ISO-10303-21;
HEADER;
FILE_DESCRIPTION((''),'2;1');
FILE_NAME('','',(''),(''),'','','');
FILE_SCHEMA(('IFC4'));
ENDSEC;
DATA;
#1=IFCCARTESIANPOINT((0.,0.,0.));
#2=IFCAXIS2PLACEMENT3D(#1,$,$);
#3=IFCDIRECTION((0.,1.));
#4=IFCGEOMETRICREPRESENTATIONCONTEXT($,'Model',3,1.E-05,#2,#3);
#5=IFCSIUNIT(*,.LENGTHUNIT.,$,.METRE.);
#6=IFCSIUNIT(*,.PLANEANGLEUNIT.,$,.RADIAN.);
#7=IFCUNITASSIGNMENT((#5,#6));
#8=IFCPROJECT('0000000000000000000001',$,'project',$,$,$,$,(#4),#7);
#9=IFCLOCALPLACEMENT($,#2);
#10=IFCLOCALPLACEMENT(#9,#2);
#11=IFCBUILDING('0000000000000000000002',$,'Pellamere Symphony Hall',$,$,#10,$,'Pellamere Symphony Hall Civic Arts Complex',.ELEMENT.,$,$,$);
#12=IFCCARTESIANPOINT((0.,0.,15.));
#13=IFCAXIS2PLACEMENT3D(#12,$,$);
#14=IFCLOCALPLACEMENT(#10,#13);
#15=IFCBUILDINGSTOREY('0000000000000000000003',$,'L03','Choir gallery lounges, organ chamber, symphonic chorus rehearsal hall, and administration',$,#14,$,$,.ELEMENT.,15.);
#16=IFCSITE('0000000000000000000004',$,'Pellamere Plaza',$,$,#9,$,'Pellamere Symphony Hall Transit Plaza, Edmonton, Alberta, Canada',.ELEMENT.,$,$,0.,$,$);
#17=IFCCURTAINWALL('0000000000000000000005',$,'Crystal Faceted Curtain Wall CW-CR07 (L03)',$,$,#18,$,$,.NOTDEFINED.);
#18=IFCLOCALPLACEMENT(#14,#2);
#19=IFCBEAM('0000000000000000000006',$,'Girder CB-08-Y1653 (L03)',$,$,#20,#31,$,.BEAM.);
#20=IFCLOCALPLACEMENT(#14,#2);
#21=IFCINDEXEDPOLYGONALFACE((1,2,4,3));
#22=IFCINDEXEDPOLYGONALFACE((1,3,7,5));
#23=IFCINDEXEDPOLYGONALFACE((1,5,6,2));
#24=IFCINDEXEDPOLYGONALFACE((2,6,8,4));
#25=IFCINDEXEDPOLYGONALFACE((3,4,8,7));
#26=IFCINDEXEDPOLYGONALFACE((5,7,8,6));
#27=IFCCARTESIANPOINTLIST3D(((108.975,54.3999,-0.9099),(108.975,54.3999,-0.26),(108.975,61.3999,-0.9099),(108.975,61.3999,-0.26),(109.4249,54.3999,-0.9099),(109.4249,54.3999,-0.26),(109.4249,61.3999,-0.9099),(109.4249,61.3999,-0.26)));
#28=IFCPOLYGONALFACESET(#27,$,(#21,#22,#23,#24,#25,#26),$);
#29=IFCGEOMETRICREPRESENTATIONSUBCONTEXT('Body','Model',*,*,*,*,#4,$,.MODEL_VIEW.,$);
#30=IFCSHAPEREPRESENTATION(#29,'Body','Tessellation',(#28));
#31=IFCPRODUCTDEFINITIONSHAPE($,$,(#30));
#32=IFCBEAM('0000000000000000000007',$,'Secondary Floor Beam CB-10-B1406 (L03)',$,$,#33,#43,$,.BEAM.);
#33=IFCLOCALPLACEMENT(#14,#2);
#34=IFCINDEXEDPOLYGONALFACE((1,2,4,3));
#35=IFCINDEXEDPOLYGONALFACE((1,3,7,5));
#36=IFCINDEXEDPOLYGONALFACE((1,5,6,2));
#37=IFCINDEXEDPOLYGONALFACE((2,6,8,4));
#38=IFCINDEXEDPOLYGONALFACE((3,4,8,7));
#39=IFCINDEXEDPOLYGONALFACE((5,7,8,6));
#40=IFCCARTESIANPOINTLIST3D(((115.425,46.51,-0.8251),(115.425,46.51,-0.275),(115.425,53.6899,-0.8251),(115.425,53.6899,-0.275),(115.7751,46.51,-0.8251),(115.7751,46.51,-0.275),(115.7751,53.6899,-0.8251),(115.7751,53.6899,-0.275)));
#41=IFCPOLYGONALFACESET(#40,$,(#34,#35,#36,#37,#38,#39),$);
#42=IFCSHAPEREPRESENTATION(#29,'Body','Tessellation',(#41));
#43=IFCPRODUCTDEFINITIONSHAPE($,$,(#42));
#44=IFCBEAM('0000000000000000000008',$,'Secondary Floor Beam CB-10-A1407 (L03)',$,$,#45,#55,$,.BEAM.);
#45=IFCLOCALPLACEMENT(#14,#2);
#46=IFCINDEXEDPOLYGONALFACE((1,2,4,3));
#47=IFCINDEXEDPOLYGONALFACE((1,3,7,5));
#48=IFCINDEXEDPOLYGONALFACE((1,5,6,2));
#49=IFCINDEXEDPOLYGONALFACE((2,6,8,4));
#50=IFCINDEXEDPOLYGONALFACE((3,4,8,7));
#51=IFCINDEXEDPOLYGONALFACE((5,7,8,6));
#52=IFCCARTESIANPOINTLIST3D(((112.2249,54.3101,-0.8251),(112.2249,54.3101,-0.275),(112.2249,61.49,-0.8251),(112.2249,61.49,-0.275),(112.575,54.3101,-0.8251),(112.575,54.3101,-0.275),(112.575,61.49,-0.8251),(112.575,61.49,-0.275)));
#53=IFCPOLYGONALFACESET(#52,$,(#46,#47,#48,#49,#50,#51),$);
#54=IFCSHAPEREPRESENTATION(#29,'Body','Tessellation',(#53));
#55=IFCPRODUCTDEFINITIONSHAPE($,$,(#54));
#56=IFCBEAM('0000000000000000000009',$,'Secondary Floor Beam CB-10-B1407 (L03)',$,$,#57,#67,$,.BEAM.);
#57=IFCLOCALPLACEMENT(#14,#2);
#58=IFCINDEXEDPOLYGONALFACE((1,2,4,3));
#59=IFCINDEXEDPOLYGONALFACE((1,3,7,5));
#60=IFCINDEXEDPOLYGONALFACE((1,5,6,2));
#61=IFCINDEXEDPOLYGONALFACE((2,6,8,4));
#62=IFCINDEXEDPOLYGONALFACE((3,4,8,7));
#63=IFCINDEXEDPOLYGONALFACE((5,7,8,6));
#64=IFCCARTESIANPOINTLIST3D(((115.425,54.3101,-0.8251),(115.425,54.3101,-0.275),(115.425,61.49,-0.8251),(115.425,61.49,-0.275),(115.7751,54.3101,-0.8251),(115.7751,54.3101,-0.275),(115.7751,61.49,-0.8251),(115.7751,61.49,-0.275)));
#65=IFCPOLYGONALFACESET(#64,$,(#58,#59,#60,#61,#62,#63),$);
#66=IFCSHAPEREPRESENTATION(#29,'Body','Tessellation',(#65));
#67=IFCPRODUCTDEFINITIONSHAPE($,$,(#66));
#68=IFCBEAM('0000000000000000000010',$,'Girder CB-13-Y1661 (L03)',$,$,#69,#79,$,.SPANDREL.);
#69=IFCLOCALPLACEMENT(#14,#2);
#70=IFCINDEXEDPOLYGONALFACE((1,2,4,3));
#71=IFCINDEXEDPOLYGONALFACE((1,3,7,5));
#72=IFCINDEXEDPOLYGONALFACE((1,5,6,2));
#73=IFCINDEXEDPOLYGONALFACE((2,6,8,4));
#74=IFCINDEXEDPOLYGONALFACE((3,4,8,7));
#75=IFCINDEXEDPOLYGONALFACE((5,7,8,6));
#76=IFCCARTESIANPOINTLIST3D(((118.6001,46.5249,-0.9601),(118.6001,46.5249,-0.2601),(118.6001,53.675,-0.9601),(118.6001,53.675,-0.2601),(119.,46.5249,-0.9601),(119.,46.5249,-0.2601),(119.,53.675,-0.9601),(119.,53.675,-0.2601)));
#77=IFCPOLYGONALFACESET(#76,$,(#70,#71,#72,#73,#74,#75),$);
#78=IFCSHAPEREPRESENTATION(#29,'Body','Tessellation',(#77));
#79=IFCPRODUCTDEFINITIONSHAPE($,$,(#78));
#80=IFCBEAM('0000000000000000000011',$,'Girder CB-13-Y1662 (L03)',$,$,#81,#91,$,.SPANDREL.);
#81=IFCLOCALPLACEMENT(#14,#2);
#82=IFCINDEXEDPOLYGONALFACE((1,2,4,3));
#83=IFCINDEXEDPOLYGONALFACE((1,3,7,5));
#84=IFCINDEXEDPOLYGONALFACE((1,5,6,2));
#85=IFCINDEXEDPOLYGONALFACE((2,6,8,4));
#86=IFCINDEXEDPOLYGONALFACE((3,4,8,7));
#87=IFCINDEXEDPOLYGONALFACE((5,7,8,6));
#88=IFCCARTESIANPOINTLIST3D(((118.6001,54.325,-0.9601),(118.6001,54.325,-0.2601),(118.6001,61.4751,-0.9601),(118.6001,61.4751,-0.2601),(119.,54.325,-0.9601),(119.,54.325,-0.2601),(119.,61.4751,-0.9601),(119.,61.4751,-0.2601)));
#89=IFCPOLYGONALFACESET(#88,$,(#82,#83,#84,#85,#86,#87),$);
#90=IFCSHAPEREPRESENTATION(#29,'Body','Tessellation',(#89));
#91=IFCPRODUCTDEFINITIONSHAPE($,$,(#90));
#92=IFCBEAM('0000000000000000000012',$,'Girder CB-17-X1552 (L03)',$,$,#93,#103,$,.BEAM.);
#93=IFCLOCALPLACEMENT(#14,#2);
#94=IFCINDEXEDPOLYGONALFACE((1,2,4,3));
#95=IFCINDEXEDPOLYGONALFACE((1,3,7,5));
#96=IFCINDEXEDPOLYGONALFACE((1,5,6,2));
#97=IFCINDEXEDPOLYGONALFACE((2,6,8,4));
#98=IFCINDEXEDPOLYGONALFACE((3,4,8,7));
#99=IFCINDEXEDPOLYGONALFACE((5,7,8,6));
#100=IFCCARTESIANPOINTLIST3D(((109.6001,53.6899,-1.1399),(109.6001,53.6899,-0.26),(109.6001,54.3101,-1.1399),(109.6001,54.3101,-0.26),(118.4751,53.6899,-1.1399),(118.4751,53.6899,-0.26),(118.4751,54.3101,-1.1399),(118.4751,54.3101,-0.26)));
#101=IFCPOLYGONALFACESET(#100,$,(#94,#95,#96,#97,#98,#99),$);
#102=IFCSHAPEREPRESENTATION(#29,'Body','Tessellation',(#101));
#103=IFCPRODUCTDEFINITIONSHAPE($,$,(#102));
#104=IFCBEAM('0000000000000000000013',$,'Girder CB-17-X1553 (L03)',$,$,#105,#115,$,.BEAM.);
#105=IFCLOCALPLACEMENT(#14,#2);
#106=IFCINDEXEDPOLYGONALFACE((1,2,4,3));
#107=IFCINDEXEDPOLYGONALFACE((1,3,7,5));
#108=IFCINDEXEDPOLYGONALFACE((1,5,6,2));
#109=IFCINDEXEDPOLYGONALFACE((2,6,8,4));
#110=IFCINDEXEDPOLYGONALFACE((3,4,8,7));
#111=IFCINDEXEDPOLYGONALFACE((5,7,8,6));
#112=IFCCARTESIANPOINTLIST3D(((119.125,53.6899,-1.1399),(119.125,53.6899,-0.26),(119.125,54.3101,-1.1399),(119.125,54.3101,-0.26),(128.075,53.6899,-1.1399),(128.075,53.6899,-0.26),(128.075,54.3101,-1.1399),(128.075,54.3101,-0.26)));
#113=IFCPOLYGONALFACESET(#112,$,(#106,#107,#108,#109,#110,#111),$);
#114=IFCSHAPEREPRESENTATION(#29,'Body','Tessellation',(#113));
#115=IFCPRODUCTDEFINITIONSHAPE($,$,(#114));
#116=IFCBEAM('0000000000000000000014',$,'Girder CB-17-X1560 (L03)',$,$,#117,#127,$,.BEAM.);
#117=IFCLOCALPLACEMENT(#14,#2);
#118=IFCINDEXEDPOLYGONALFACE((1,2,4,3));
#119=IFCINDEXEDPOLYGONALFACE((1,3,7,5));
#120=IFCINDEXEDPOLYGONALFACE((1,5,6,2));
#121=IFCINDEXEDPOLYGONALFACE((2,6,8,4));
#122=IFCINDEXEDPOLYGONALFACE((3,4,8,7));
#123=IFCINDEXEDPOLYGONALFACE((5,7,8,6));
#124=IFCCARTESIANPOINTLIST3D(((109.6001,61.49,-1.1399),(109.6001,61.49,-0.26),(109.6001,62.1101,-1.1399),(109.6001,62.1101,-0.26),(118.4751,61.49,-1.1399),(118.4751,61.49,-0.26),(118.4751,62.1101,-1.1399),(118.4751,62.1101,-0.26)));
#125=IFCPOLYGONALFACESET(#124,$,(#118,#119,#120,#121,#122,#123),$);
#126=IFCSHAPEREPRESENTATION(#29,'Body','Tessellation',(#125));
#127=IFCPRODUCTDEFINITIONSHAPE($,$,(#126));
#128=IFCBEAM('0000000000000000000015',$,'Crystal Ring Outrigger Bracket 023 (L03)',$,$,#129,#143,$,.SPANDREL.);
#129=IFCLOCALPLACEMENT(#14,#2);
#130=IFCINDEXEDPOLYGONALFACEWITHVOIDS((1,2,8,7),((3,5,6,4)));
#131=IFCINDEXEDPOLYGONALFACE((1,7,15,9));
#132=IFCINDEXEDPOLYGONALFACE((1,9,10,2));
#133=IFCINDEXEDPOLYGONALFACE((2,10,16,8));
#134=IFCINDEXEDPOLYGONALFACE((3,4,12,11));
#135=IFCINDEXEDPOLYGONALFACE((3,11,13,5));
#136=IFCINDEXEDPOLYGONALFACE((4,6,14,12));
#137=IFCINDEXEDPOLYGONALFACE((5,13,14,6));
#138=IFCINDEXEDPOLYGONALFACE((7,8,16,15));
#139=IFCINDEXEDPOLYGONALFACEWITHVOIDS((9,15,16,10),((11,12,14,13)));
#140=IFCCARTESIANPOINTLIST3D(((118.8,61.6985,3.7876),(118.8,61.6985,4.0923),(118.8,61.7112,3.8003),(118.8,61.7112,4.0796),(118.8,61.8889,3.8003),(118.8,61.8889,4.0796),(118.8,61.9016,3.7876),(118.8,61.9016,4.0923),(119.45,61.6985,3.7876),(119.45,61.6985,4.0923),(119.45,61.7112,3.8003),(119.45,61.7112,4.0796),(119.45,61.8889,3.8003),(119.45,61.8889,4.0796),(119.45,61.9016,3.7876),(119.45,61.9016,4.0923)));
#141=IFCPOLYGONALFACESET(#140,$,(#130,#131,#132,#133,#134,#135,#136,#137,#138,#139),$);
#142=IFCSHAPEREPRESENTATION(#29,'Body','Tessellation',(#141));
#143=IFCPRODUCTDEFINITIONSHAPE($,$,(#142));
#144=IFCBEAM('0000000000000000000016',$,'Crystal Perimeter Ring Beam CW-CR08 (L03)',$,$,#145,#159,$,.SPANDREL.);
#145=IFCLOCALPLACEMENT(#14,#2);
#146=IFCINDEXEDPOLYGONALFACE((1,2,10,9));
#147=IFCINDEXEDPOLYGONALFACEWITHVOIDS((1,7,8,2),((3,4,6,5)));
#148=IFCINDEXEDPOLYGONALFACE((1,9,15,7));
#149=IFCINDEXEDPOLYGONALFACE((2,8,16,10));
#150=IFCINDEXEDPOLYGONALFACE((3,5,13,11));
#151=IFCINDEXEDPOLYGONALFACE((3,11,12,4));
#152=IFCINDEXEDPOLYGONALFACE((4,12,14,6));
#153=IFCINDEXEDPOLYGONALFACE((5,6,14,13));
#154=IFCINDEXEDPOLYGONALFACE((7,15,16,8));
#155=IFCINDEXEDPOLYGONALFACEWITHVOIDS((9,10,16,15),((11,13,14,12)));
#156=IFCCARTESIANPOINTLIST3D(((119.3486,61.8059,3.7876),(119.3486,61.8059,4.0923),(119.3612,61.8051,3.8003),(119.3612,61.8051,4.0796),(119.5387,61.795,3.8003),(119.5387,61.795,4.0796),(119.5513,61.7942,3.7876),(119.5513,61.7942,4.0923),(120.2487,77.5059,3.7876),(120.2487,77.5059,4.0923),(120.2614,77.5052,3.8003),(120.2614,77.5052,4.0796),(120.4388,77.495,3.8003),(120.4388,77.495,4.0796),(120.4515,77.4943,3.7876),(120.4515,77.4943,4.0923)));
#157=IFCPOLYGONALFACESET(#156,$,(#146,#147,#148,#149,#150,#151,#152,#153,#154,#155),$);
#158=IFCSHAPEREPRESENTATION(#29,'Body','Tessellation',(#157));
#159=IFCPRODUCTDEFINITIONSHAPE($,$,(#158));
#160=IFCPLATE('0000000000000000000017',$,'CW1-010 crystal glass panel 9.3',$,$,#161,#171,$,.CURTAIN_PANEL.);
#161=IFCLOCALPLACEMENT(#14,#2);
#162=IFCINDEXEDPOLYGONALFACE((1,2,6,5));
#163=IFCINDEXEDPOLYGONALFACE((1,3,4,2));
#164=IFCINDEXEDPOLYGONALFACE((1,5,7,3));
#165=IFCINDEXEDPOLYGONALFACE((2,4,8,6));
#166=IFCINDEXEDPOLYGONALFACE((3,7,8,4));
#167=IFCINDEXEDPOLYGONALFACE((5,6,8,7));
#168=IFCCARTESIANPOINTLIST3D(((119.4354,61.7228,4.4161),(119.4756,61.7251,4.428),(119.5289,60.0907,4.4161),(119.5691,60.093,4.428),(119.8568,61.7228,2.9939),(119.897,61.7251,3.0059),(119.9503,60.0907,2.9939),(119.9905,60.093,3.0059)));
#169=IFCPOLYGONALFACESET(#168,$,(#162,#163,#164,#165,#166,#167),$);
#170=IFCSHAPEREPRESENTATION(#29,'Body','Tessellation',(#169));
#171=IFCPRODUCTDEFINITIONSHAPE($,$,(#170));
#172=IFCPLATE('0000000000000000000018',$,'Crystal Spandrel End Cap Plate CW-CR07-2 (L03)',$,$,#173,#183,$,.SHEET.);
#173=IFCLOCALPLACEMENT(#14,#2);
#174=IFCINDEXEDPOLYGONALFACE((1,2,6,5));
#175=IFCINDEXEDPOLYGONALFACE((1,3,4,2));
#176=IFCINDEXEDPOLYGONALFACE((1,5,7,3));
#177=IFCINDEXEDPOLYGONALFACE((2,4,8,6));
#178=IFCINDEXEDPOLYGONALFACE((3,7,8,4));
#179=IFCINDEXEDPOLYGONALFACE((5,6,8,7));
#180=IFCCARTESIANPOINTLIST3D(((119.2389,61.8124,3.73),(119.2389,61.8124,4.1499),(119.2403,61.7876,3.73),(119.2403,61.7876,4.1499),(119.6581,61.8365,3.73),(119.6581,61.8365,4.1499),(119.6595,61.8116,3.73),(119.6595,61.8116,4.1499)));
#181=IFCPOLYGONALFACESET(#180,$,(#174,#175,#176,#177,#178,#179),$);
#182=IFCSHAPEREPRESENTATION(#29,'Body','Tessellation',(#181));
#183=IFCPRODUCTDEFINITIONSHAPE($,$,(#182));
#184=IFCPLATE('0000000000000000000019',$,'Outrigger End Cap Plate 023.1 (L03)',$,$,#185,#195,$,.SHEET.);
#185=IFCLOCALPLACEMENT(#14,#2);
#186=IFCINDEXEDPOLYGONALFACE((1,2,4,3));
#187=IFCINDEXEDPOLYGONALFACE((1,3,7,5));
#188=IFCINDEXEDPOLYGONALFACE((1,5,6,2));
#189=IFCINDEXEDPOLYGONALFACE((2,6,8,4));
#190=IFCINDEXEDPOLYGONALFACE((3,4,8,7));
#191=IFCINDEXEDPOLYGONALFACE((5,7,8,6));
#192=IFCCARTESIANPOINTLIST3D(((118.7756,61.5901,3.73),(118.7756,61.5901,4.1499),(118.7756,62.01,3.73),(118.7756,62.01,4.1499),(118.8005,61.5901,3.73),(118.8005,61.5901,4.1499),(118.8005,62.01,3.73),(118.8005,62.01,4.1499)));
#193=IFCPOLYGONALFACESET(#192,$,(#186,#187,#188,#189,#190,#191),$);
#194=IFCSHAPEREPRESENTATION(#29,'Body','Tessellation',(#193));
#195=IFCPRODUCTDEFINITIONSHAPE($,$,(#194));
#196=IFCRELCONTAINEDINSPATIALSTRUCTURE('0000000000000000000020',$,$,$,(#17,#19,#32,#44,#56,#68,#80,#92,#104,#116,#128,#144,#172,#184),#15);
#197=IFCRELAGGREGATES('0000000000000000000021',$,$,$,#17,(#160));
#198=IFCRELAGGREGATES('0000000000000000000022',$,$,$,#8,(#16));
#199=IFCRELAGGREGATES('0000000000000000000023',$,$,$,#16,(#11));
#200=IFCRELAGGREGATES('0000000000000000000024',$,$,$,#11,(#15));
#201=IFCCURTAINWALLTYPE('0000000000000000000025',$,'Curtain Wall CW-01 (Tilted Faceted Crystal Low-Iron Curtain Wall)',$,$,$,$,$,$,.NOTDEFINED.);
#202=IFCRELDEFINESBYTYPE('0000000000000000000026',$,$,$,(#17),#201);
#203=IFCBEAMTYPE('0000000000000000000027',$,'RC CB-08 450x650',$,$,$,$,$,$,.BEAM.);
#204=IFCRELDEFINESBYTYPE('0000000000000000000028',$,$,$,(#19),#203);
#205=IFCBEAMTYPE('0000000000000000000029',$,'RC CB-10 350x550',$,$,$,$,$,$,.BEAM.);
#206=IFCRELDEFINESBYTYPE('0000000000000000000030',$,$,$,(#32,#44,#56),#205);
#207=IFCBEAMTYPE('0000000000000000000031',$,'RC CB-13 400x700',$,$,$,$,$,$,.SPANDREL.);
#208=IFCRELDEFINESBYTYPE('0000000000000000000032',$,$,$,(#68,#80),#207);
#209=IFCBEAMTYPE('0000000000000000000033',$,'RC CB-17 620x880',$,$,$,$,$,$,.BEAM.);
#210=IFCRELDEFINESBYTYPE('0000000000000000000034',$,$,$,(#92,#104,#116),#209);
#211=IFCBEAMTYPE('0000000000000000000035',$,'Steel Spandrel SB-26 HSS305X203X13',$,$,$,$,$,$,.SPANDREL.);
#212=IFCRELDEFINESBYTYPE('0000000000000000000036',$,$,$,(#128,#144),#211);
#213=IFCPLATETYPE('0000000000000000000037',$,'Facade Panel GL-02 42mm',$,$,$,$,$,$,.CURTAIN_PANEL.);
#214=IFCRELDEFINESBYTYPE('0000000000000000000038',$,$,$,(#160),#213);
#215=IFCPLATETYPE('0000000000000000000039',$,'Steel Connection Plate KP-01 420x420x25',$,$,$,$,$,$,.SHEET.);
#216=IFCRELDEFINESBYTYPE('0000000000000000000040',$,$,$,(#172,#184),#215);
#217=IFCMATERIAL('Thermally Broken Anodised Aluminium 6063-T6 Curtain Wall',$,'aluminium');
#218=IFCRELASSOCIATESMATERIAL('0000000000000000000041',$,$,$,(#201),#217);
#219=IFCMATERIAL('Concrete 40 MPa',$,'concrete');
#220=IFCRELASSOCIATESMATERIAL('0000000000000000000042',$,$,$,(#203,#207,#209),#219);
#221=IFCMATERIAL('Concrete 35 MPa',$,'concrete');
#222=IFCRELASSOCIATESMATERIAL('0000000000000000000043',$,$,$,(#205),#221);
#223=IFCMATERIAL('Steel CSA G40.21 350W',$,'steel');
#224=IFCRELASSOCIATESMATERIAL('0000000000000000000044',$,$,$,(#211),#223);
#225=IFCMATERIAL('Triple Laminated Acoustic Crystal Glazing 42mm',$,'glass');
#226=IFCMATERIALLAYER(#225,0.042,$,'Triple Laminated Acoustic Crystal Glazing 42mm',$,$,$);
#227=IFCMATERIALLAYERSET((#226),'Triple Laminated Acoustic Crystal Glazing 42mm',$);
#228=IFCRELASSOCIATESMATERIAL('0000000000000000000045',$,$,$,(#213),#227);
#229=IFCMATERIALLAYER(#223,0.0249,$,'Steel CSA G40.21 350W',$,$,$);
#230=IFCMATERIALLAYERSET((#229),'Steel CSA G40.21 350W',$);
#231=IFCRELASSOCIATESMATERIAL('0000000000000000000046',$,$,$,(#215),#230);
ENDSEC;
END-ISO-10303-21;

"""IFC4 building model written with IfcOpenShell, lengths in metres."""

from ifc_helpers import new_model, si_unit, direction, frame, origin, origin_2d, place, context, subcontext, project, spatial, polyline, rectangle, hollow_rectangle, outline, extrude, material, layer, layer_set, material_profile, profile_set, type_object, element, aggregate, save


model = new_model("IFC4")

# Units and contexts
model_context = context("Model", 3, precision=1e-05, world=origin(), true_north=direction((0.0, 1.0)))
body_context = subcontext(model_context, "Body", "Model", "MODEL_VIEW")
ifc_project = project(units=[si_unit("LENGTHUNIT", "METRE"), si_unit("PLANEANGLEUNIT", "RADIAN")], contexts=[model_context])

# Site, building, storey
site_placement = place(None, origin())
site = spatial("IfcSite", under=ifc_project, at=site_placement, Name="Pellamere Plaza", LongName="Pellamere Symphony Hall Transit Plaza, Edmonton, Alberta, Canada", CompositionType="ELEMENT", RefElevation=0.0)
building_placement = place(site_placement, origin())
building = spatial("IfcBuilding", under=site, at=building_placement, Name="Pellamere Symphony Hall", LongName="Pellamere Symphony Hall Civic Arts Complex", CompositionType="ELEMENT")
storey_placement = place(building_placement, frame((0.0, 0.0, 15.0)))
storey = spatial("IfcBuildingStorey", under=building, at=storey_placement, Name="L03", Description="Choir gallery lounges, organ chamber, symphonic chorus rehearsal hall, and administration", CompositionType="ELEMENT", Elevation=15.0)

# Shared definitions
ifc_material_1 = material(Name="Concrete 40 MPa", Category="concrete")

# Shared definitions
ifc_material_2 = material(Name="Thermally Broken Anodised Aluminium 6063-T6 Curtain Wall", Category="aluminium")
curtain_wall_type = type_object("IfcCurtainWallType", Name="Curtain Wall CW-01 (Tilted Faceted Crystal Low-Iron Curtain Wall)", PredefinedType="NOTDEFINED", material=ifc_material_2)

# Curtain wall
curtain_wall_1_placement = place(storey_placement, origin())
curtain_wall_1 = element("IfcCurtainWall", 1, at=curtain_wall_1_placement, inside=storey, type_object=curtain_wall_type, Name="Crystal Faceted Curtain Wall CW-CR07 (L03)", PredefinedType="NOTDEFINED")

# Beams
ifc_material_profile_1 = material_profile(ifc_material_1, rectangle(XDim=0.45, YDim=0.6499, at=origin_2d()), Name="RC 450x650")
ifc_profile_set_1 = profile_set([ifc_material_profile_1], Name="Concrete 40 MPa")
beam_type_1 = type_object("IfcBeamType", Name="RC CB-08 450x650", PredefinedType="BEAM", material=ifc_profile_set_1)
for number, where, z_axis, x_axis, name in (
    (2, (109.2, 54.3999, -0.585), (0.0, 1.0, 0.0), (-1.0, 0.0, 0.0), "Girder CB-08-Y1653 (L03)"),
):
    element("IfcBeam", number, at=place(storey_placement, frame(where, z_axis=z_axis, x_axis=x_axis)), inside=storey, type_object=beam_type_1, Name=name, PredefinedType="BEAM", context=body_context, shape_type="SweptSolid", body=[
        extrude(rectangle(XDim=0.45, YDim=0.6499, at=origin_2d()), origin(), (0.0, 0.0, 1.0), 7.0),
    ])
ifc_material_3 = material(Name="Concrete 35 MPa", Category="concrete")
ifc_material_profile_2 = material_profile(ifc_material_3, rectangle(XDim=0.3501, YDim=0.55, at=origin_2d()), Name="RC 350x550")
ifc_profile_set_2 = profile_set([ifc_material_profile_2], Name="Concrete 35 MPa")
beam_type_2 = type_object("IfcBeamType", Name="RC CB-10 350x550", PredefinedType="BEAM", material=ifc_profile_set_2)
for number, where, z_axis, x_axis, name in (
    (3, (115.6001, 46.51, -0.55), (0.0, 1.0, 0.0), (-1.0, 0.0, 0.0), "Secondary Floor Beam CB-10-B1406 (L03)"),
    (4, (112.3999, 54.3101, -0.55), (0.0, 1.0, 0.0), (-1.0, 0.0, 0.0), "Secondary Floor Beam CB-10-A1407 (L03)"),
    (5, (115.6001, 54.3101, -0.55), (0.0, 1.0, 0.0), (-1.0, 0.0, 0.0), "Secondary Floor Beam CB-10-B1407 (L03)"),
):
    element("IfcBeam", number, at=place(storey_placement, frame(where, z_axis=z_axis, x_axis=x_axis)), inside=storey, type_object=beam_type_2, Name=name, PredefinedType="BEAM", context=body_context, shape_type="SweptSolid", body=[
        extrude(rectangle(XDim=0.3501, YDim=0.55, at=origin_2d()), origin(), (0.0, 0.0, 1.0), 7.1799),
    ])
ifc_material_profile_3 = material_profile(ifc_material_1, rectangle(XDim=0.3999, YDim=0.7, at=origin_2d()), Name="RC 400x700")
ifc_profile_set_3 = profile_set([ifc_material_profile_3], Name="Concrete 40 MPa")
beam_type_3 = type_object("IfcBeamType", Name="RC CB-13 400x700", PredefinedType="SPANDREL", material=ifc_profile_set_3)
for number, where, z_axis, x_axis, name in (
    (6, (118.8, 46.5249, -0.6101), (0.0, 1.0, 0.0), (-1.0, 0.0, 0.0), "Girder CB-13-Y1661 (L03)"),
    (7, (118.8, 54.325, -0.6101), (0.0, 1.0, 0.0), (-1.0, 0.0, 0.0), "Girder CB-13-Y1662 (L03)"),
):
    element("IfcBeam", number, at=place(storey_placement, frame(where, z_axis=z_axis, x_axis=x_axis)), inside=storey, type_object=beam_type_3, Name=name, PredefinedType="SPANDREL", context=body_context, shape_type="SweptSolid", body=[
        extrude(rectangle(XDim=0.3999, YDim=0.7, at=origin_2d()), origin(), (0.0, 0.0, 1.0), 7.1501),
    ])
ifc_material_profile_4 = material_profile(ifc_material_1, rectangle(XDim=0.6201, YDim=0.8799, at=origin_2d()), Name="RC 620x880")
ifc_profile_set_4 = profile_set([ifc_material_profile_4], Name="Concrete 40 MPa")
beam_type_4 = type_object("IfcBeamType", Name="RC CB-17 620x880", PredefinedType="BEAM", material=ifc_profile_set_4)
beam_1_placement = place(storey_placement, frame((109.6001, 54.0, -0.7), z_axis=(1.0, 0.0, 0.0), x_axis=(0.0, 1.0, 0.0)))
element("IfcBeam", 8, at=beam_1_placement, inside=storey, type_object=beam_type_4, Name="Girder CB-17-X1552 (L03)", PredefinedType="BEAM", context=body_context, shape_type="SweptSolid", body=[
    extrude(rectangle(XDim=0.6201, YDim=0.8799, at=origin_2d()), origin(), (0.0, 0.0, 1.0), 8.875),
])
beam_2_placement = place(storey_placement, frame((119.125, 54.0, -0.7), z_axis=(1.0, 0.0, 0.0), x_axis=(0.0, 1.0, 0.0)))
element("IfcBeam", 9, at=beam_2_placement, inside=storey, type_object=beam_type_4, Name="Girder CB-17-X1553 (L03)", PredefinedType="BEAM", context=body_context, shape_type="SweptSolid", body=[
    extrude(rectangle(XDim=0.6201, YDim=0.8799, at=origin_2d()), origin(), (0.0, 0.0, 1.0), 8.95),
])
beam_3_placement = place(storey_placement, frame((109.6001, 61.8, -0.7), z_axis=(1.0, 0.0, 0.0), x_axis=(0.0, 1.0, 0.0)))
element("IfcBeam", 10, at=beam_3_placement, inside=storey, type_object=beam_type_4, Name="Girder CB-17-X1560 (L03)", PredefinedType="BEAM", context=body_context, shape_type="SweptSolid", body=[
    extrude(rectangle(XDim=0.6201, YDim=0.8799, at=origin_2d()), origin(), (0.0, 0.0, 1.0), 8.875),
])
ifc_material_4 = material(Name="Steel CSA G40.21 350W", Category="steel")
ifc_material_profile_5 = material_profile(ifc_material_4, hollow_rectangle(XDim=0.2031, YDim=0.3047, WallThickness=0.0127, at=origin_2d()), Name="HSS305X203X13")
ifc_profile_set_5 = profile_set([ifc_material_profile_5], Name="Steel CSA G40.21 350W")
beam_type_5 = type_object("IfcBeamType", Name="Steel Spandrel SB-26 HSS305X203X13", PredefinedType="SPANDREL", material=ifc_profile_set_5)
beam_4_placement = place(storey_placement, frame((118.8, 61.8, 3.9399), z_axis=(1.0, 0.0, 0.0), x_axis=(0.0, 1.0, 0.0)))
element("IfcBeam", 11, at=beam_4_placement, inside=storey, type_object=beam_type_5, Name="Crystal Ring Outrigger Bracket 023 (L03)", PredefinedType="SPANDREL", context=body_context, shape_type="SweptSolid", body=[
    extrude(hollow_rectangle(XDim=0.2031, YDim=0.3047, WallThickness=0.0127, at=origin_2d()), origin(), (0.0, 0.0, 1.0), 0.6499),
])
beam_5_placement = place(storey_placement, frame((119.45, 61.8, 3.9399), z_axis=(0.05724, 0.99836, 0.0), x_axis=(-0.99836, 0.05724, 0.0)))
element("IfcBeam", 12, at=beam_5_placement, inside=storey, type_object=beam_type_5, Name="Crystal Perimeter Ring Beam CW-CR08 (L03)", PredefinedType="SPANDREL", context=body_context, shape_type="SweptSolid", body=[
    extrude(hollow_rectangle(XDim=0.2031, YDim=0.3047, WallThickness=0.0127, at=origin_2d()), origin(), (0.0, 0.0, 1.0), 15.7258),
])

# Plate
ifc_material_5 = material(Name="Triple Laminated Acoustic Crystal Glazing 42mm", Category="glass")
ifc_layer_1 = layer(ifc_material_5, 0.042, Name="Triple Laminated Acoustic Crystal Glazing 42mm")
ifc_layer_set_1 = layer_set([ifc_layer_1], Name="Triple Laminated Acoustic Crystal Glazing 42mm")
plate_type_1 = type_object("IfcPlateType", Name="Facade Panel GL-02 42mm", PredefinedType="CURTAIN_PANEL", material=ifc_layer_set_1)
plate_placement = place(storey_placement, frame((119.9905, 60.093, 3.0059), z_axis=(0.957351, 0.054849, 0.283672), x_axis=(-0.057199, 0.998363, 0.0)))
plate = element("IfcPlate", 13, at=plate_placement, type_object=plate_type_1, Name="CW1-010 crystal glass panel 9.3", PredefinedType="CURTAIN_PANEL", context=body_context, shape_type="SweptSolid", body=[
    extrude(outline(polyline([(0.0, 0.0), (1.6348, 0.0), (1.6589, 1.483), (0.0241, 1.483), (0.0, 0.0)])), origin(), (0.0, 0.0, -1.0), 0.042),
])
aggregate(curtain_wall_1, [plate])

# Plates
ifc_layer_2 = layer(ifc_material_4, 0.0249, Name="Steel CSA G40.21 350W")
ifc_layer_set_2 = layer_set([ifc_layer_2], Name="Steel CSA G40.21 350W")
plate_type_2 = type_object("IfcPlateType", Name="Steel Connection Plate KP-01 420x420x25", PredefinedType="SHEET", material=ifc_layer_set_2)
for number, where, z_axis, x_axis, name in (
    (14, (119.4492, 61.812, 3.73), (0.0, 0.0, 1.0), (-0.057216, 0.998362, 0.0), "Crystal Spandrel End Cap Plate CW-CR07-2 (L03)"),
    (15, (118.7881, 61.8, 3.73), (0.0, 0.0, 1.0), (1.0, 0.0, 0.0), "Outrigger End Cap Plate 023.1 (L03)"),
):
    element("IfcPlate", number, at=place(storey_placement, frame(where, z_axis=z_axis, x_axis=x_axis)), inside=storey, type_object=plate_type_2, Name=name, PredefinedType="SHEET", context=body_context, shape_type="SweptSolid", body=[
        extrude(rectangle(XDim=0.0249, YDim=0.4199, at=origin_2d()), origin(), (0.0, 0.0, 1.0), 0.4199),
    ])

save(model, "model.ifc")
